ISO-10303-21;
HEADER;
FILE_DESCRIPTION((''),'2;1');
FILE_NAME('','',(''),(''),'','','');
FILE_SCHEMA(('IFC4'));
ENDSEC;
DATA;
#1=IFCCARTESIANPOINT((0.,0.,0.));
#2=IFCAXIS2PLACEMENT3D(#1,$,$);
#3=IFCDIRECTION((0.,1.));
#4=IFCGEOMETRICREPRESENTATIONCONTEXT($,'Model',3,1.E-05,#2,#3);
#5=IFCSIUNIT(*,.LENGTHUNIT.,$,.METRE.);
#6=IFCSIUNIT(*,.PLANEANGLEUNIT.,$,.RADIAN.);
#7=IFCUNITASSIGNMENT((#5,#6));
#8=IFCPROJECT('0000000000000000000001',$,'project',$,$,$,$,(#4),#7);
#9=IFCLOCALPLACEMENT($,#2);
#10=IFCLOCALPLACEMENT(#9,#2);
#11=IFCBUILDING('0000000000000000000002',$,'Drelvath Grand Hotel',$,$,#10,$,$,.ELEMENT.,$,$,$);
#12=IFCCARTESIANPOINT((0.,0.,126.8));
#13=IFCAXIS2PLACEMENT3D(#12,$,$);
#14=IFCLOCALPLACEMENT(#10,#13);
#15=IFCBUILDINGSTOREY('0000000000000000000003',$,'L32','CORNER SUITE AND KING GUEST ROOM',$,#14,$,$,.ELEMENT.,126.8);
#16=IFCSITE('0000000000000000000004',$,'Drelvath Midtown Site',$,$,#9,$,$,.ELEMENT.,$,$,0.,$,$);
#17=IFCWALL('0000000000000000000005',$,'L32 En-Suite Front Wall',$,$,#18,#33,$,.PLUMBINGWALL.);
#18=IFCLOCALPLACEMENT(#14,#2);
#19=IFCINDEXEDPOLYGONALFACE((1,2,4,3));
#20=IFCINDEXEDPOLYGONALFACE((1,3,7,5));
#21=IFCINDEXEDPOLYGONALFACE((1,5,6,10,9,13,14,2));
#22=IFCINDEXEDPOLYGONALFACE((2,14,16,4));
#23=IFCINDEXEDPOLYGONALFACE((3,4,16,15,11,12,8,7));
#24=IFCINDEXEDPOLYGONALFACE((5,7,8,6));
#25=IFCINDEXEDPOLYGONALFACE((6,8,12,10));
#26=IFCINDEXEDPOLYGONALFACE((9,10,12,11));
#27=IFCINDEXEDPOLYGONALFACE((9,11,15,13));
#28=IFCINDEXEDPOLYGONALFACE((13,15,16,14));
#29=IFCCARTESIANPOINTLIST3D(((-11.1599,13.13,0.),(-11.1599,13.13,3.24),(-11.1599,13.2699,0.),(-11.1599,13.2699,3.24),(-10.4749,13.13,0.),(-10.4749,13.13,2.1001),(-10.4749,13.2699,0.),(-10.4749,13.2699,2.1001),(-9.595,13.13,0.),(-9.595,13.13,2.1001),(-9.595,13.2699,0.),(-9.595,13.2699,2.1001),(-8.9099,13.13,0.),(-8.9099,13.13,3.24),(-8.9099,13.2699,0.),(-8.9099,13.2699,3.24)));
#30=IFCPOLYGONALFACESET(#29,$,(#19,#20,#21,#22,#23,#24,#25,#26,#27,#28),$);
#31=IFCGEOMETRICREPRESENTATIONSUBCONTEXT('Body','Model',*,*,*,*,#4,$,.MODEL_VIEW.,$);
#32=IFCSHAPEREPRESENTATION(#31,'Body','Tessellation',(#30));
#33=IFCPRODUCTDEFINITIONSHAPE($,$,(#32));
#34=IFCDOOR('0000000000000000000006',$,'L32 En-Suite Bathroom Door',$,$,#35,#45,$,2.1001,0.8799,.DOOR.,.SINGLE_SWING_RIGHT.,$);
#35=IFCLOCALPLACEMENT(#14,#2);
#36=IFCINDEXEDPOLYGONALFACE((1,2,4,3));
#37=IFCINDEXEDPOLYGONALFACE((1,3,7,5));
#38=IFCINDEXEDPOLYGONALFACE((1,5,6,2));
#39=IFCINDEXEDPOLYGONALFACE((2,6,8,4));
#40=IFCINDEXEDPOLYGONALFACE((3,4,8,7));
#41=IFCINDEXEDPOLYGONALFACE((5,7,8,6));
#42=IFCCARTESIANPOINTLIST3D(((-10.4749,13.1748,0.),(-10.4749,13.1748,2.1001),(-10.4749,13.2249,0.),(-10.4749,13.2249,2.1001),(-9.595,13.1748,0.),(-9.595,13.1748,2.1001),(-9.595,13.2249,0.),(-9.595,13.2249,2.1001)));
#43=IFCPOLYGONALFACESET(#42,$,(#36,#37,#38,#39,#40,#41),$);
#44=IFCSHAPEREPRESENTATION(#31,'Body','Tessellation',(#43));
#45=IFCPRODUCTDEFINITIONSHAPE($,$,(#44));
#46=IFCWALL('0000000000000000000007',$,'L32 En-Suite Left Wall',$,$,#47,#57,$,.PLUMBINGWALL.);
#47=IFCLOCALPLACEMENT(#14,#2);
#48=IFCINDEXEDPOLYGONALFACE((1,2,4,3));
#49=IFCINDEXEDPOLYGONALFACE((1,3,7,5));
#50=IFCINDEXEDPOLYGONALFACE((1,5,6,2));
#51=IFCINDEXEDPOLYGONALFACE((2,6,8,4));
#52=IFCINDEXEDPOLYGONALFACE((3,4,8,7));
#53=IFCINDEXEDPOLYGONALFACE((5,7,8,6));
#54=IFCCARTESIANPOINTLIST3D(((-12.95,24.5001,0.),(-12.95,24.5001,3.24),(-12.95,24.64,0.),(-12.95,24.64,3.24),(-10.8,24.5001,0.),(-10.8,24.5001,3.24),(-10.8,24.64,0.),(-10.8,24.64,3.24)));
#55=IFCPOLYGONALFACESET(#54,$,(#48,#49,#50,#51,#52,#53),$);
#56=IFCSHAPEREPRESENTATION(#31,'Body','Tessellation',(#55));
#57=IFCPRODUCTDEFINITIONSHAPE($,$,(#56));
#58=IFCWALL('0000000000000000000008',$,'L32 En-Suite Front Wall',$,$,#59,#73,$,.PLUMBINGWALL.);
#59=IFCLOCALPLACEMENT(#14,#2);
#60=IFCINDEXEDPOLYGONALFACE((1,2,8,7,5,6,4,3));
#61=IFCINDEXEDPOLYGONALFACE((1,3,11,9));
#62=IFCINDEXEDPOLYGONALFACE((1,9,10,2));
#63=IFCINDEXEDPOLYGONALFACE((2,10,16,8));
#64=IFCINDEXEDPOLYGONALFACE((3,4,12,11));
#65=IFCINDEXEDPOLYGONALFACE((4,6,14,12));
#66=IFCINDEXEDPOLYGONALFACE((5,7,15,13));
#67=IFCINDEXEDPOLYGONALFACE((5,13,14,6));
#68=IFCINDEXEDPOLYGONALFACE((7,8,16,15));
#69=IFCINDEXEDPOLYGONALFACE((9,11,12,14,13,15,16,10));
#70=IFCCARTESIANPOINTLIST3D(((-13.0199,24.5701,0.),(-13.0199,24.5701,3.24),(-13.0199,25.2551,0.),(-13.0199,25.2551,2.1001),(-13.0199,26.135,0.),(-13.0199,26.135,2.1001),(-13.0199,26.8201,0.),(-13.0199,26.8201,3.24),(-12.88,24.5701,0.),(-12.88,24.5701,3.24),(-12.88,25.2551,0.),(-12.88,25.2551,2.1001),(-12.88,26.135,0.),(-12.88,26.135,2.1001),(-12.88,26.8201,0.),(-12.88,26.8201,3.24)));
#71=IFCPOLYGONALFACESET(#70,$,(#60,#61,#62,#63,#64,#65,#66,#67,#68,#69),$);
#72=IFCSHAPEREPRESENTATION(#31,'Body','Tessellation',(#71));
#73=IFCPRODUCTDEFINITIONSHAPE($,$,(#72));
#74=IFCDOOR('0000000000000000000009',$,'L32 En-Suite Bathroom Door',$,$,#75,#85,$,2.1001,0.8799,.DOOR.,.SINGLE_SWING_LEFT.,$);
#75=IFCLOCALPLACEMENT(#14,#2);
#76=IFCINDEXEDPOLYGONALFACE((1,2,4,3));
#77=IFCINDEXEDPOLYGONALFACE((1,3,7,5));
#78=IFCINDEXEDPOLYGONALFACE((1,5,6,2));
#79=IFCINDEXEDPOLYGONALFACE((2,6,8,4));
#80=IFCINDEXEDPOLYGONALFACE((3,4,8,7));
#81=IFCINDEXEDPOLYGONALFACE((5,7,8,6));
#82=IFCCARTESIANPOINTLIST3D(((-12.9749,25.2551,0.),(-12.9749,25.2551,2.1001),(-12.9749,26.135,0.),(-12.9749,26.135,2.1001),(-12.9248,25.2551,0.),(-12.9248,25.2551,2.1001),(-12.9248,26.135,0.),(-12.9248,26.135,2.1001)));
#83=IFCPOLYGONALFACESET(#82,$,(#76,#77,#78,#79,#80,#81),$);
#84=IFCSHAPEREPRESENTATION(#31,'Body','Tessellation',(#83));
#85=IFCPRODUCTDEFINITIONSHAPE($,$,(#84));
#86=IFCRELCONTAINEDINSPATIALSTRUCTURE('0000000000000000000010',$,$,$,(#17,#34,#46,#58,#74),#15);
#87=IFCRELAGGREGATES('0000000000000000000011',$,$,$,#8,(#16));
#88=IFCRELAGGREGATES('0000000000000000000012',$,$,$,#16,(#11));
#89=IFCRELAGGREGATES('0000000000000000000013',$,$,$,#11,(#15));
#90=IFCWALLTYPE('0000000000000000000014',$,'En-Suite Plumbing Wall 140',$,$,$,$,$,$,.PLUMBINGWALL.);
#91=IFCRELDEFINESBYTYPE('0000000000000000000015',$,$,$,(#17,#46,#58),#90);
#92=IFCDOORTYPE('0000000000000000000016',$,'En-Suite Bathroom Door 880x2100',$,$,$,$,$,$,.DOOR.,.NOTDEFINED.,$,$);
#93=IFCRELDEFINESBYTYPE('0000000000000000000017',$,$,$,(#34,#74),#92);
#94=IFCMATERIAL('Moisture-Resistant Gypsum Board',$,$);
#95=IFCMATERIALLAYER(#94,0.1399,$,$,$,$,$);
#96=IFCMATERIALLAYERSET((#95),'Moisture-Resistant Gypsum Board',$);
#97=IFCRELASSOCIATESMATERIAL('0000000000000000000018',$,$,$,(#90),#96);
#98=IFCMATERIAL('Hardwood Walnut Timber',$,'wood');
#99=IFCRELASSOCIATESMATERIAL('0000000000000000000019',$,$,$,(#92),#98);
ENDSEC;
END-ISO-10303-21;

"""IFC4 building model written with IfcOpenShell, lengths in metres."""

from ifc_helpers import new_model, si_unit, direction, frame, frame_2d, origin, place, context, subcontext, project, spatial, rectangle, extrude, material, layer, layer_set, type_object, element, fill, save


model = new_model("IFC4")

# Units and contexts
model_context = context("Model", 3, precision=1e-05, world=origin(), true_north=direction((0.0, 1.0)))
body_context = subcontext(model_context, "Body", "Model", "MODEL_VIEW")
ifc_project = project(units=[si_unit("LENGTHUNIT", "METRE"), si_unit("PLANEANGLEUNIT", "RADIAN")], contexts=[model_context])

# Site, building, storey
site_placement = place(None, origin())
site = spatial("IfcSite", under=ifc_project, at=site_placement, Name="Drelvath Midtown Site", CompositionType="ELEMENT", RefElevation=0.0)
building_placement = place(site_placement, origin())
building = spatial("IfcBuilding", under=site, at=building_placement, Name="Drelvath Grand Hotel", CompositionType="ELEMENT")
storey_placement = place(building_placement, frame((0.0, 0.0, 126.8)))
storey = spatial("IfcBuildingStorey", under=building, at=storey_placement, Name="L32", Description="CORNER SUITE AND KING GUEST ROOM", CompositionType="ELEMENT", Elevation=126.8)

# Shared definitions
ifc_material_1 = material(Name="Hardwood Walnut Timber", Category="wood")

# Shared definitions
ifc_material_2 = material(Name="Moisture-Resistant Gypsum Board")
ifc_layer_1 = layer(ifc_material_2, 0.1399)
ifc_layer_set_1 = layer_set([ifc_layer_1], Name="Moisture-Resistant Gypsum Board")
wall_type_1 = type_object("IfcWallType", Name="En-Suite Plumbing Wall 140", PredefinedType="PLUMBINGWALL", material=ifc_layer_set_1)

# Wall, opening, door
wall_1_placement = place(storey_placement, frame((-11.1599, 13.2, 0.0), z_axis=(0.0, 0.0, 1.0), x_axis=(1.0, 0.0, 0.0)))
wall_1 = element("IfcWall", 1, at=wall_1_placement, inside=storey, type_object=wall_type_1, Name="L32 En-Suite Front Wall", PredefinedType="PLUMBINGWALL", context=body_context, shape_type="SweptSolid", body=[
    extrude(rectangle(XDim=2.25, YDim=0.1399, at=frame_2d((1.125, 0.0))), origin(), (0.0, 0.0, 1.0), 3.24),
])
opening_1_placement = place(wall_1_placement, frame((0.6851, 0.0, 0.0)))
opening_1 = element("IfcOpeningElement", 2, at=opening_1_placement, cuts=wall_1, PredefinedType="OPENING", context=body_context, shape_type="SweptSolid", body=[
    extrude(rectangle(XDim=0.8799, YDim=2.1001, at=frame_2d((0.4399, 1.05))), frame((0.0, 0.0798, 0.0), z_axis=(0.0, -1.0, 0.0), x_axis=(1.0, 0.0, 0.0)), (0.0, 0.0, 1.0), 0.1599),
])
door_type_1 = type_object("IfcDoorType", Name="En-Suite Bathroom Door 880x2100", OperationType="NOTDEFINED", PredefinedType="DOOR", material=ifc_material_1)
door_1_placement = place(opening_1_placement, origin())
door_1 = element("IfcDoor", 3, at=door_1_placement, inside=storey, type_object=door_type_1, Name="L32 En-Suite Bathroom Door", OperationType="SINGLE_SWING_RIGHT", OverallHeight=2.1001, OverallWidth=0.8799, PredefinedType="DOOR", context=body_context, shape_type="SweptSolid", body=[
    extrude(rectangle(XDim=0.8799, YDim=2.1001, at=frame_2d((0.4399, 1.05))), frame((0.0, 0.0249, 0.0), z_axis=(0.0, -1.0, 0.0), x_axis=(1.0, 0.0, 0.0)), (0.0, 0.0, 1.0), 0.05),
])
fill(opening_1, door_1)

# Wall
wall_2_placement = place(storey_placement, frame((-10.8, 24.5701, 0.0), z_axis=(0.0, 0.0, 1.0), x_axis=(-1.0, 0.0, 0.0)))
element("IfcWall", 4, at=wall_2_placement, inside=storey, type_object=wall_type_1, Name="L32 En-Suite Left Wall", PredefinedType="PLUMBINGWALL", context=body_context, shape_type="SweptSolid", body=[
    extrude(rectangle(XDim=2.1499, YDim=0.1399, at=frame_2d((1.075, 0.0))), origin(), (0.0, 0.0, 1.0), 3.24),
])

# Wall, opening, door
wall_3_placement = place(storey_placement, frame((-12.95, 24.5701, 0.0), z_axis=(0.0, 0.0, 1.0), x_axis=(0.0, 1.0, 0.0)))
wall_3 = element("IfcWall", 5, at=wall_3_placement, inside=storey, type_object=wall_type_1, Name="L32 En-Suite Front Wall", PredefinedType="PLUMBINGWALL", context=body_context, shape_type="SweptSolid", body=[
    extrude(rectangle(XDim=2.25, YDim=0.1399, at=frame_2d((1.125, 0.0))), origin(), (0.0, 0.0, 1.0), 3.24),
])
opening_2_placement = place(wall_3_placement, frame((0.6851, 0.0, 0.0)))
opening_2 = element("IfcOpeningElement", 6, at=opening_2_placement, cuts=wall_3, PredefinedType="OPENING", context=body_context, shape_type="SweptSolid", body=[
    extrude(rectangle(XDim=0.8799, YDim=2.1001, at=frame_2d((0.4399, 1.05))), frame((0.0, 0.0798, 0.0), z_axis=(0.0, -1.0, 0.0), x_axis=(1.0, 0.0, 0.0)), (0.0, 0.0, 1.0), 0.1599),
])
door_2_placement = place(opening_2_placement, origin())
door_2 = element("IfcDoor", 7, at=door_2_placement, inside=storey, type_object=door_type_1, Name="L32 En-Suite Bathroom Door", OperationType="SINGLE_SWING_LEFT", OverallHeight=2.1001, OverallWidth=0.8799, PredefinedType="DOOR", context=body_context, shape_type="SweptSolid", body=[
    extrude(rectangle(XDim=0.8799, YDim=2.1001, at=frame_2d((0.4399, 1.05))), frame((0.0, 0.0249, 0.0), z_axis=(0.0, -1.0, 0.0), x_axis=(1.0, 0.0, 0.0)), (0.0, 0.0, 1.0), 0.05),
])
fill(opening_2, door_2)

save(model, "model.ifc")
